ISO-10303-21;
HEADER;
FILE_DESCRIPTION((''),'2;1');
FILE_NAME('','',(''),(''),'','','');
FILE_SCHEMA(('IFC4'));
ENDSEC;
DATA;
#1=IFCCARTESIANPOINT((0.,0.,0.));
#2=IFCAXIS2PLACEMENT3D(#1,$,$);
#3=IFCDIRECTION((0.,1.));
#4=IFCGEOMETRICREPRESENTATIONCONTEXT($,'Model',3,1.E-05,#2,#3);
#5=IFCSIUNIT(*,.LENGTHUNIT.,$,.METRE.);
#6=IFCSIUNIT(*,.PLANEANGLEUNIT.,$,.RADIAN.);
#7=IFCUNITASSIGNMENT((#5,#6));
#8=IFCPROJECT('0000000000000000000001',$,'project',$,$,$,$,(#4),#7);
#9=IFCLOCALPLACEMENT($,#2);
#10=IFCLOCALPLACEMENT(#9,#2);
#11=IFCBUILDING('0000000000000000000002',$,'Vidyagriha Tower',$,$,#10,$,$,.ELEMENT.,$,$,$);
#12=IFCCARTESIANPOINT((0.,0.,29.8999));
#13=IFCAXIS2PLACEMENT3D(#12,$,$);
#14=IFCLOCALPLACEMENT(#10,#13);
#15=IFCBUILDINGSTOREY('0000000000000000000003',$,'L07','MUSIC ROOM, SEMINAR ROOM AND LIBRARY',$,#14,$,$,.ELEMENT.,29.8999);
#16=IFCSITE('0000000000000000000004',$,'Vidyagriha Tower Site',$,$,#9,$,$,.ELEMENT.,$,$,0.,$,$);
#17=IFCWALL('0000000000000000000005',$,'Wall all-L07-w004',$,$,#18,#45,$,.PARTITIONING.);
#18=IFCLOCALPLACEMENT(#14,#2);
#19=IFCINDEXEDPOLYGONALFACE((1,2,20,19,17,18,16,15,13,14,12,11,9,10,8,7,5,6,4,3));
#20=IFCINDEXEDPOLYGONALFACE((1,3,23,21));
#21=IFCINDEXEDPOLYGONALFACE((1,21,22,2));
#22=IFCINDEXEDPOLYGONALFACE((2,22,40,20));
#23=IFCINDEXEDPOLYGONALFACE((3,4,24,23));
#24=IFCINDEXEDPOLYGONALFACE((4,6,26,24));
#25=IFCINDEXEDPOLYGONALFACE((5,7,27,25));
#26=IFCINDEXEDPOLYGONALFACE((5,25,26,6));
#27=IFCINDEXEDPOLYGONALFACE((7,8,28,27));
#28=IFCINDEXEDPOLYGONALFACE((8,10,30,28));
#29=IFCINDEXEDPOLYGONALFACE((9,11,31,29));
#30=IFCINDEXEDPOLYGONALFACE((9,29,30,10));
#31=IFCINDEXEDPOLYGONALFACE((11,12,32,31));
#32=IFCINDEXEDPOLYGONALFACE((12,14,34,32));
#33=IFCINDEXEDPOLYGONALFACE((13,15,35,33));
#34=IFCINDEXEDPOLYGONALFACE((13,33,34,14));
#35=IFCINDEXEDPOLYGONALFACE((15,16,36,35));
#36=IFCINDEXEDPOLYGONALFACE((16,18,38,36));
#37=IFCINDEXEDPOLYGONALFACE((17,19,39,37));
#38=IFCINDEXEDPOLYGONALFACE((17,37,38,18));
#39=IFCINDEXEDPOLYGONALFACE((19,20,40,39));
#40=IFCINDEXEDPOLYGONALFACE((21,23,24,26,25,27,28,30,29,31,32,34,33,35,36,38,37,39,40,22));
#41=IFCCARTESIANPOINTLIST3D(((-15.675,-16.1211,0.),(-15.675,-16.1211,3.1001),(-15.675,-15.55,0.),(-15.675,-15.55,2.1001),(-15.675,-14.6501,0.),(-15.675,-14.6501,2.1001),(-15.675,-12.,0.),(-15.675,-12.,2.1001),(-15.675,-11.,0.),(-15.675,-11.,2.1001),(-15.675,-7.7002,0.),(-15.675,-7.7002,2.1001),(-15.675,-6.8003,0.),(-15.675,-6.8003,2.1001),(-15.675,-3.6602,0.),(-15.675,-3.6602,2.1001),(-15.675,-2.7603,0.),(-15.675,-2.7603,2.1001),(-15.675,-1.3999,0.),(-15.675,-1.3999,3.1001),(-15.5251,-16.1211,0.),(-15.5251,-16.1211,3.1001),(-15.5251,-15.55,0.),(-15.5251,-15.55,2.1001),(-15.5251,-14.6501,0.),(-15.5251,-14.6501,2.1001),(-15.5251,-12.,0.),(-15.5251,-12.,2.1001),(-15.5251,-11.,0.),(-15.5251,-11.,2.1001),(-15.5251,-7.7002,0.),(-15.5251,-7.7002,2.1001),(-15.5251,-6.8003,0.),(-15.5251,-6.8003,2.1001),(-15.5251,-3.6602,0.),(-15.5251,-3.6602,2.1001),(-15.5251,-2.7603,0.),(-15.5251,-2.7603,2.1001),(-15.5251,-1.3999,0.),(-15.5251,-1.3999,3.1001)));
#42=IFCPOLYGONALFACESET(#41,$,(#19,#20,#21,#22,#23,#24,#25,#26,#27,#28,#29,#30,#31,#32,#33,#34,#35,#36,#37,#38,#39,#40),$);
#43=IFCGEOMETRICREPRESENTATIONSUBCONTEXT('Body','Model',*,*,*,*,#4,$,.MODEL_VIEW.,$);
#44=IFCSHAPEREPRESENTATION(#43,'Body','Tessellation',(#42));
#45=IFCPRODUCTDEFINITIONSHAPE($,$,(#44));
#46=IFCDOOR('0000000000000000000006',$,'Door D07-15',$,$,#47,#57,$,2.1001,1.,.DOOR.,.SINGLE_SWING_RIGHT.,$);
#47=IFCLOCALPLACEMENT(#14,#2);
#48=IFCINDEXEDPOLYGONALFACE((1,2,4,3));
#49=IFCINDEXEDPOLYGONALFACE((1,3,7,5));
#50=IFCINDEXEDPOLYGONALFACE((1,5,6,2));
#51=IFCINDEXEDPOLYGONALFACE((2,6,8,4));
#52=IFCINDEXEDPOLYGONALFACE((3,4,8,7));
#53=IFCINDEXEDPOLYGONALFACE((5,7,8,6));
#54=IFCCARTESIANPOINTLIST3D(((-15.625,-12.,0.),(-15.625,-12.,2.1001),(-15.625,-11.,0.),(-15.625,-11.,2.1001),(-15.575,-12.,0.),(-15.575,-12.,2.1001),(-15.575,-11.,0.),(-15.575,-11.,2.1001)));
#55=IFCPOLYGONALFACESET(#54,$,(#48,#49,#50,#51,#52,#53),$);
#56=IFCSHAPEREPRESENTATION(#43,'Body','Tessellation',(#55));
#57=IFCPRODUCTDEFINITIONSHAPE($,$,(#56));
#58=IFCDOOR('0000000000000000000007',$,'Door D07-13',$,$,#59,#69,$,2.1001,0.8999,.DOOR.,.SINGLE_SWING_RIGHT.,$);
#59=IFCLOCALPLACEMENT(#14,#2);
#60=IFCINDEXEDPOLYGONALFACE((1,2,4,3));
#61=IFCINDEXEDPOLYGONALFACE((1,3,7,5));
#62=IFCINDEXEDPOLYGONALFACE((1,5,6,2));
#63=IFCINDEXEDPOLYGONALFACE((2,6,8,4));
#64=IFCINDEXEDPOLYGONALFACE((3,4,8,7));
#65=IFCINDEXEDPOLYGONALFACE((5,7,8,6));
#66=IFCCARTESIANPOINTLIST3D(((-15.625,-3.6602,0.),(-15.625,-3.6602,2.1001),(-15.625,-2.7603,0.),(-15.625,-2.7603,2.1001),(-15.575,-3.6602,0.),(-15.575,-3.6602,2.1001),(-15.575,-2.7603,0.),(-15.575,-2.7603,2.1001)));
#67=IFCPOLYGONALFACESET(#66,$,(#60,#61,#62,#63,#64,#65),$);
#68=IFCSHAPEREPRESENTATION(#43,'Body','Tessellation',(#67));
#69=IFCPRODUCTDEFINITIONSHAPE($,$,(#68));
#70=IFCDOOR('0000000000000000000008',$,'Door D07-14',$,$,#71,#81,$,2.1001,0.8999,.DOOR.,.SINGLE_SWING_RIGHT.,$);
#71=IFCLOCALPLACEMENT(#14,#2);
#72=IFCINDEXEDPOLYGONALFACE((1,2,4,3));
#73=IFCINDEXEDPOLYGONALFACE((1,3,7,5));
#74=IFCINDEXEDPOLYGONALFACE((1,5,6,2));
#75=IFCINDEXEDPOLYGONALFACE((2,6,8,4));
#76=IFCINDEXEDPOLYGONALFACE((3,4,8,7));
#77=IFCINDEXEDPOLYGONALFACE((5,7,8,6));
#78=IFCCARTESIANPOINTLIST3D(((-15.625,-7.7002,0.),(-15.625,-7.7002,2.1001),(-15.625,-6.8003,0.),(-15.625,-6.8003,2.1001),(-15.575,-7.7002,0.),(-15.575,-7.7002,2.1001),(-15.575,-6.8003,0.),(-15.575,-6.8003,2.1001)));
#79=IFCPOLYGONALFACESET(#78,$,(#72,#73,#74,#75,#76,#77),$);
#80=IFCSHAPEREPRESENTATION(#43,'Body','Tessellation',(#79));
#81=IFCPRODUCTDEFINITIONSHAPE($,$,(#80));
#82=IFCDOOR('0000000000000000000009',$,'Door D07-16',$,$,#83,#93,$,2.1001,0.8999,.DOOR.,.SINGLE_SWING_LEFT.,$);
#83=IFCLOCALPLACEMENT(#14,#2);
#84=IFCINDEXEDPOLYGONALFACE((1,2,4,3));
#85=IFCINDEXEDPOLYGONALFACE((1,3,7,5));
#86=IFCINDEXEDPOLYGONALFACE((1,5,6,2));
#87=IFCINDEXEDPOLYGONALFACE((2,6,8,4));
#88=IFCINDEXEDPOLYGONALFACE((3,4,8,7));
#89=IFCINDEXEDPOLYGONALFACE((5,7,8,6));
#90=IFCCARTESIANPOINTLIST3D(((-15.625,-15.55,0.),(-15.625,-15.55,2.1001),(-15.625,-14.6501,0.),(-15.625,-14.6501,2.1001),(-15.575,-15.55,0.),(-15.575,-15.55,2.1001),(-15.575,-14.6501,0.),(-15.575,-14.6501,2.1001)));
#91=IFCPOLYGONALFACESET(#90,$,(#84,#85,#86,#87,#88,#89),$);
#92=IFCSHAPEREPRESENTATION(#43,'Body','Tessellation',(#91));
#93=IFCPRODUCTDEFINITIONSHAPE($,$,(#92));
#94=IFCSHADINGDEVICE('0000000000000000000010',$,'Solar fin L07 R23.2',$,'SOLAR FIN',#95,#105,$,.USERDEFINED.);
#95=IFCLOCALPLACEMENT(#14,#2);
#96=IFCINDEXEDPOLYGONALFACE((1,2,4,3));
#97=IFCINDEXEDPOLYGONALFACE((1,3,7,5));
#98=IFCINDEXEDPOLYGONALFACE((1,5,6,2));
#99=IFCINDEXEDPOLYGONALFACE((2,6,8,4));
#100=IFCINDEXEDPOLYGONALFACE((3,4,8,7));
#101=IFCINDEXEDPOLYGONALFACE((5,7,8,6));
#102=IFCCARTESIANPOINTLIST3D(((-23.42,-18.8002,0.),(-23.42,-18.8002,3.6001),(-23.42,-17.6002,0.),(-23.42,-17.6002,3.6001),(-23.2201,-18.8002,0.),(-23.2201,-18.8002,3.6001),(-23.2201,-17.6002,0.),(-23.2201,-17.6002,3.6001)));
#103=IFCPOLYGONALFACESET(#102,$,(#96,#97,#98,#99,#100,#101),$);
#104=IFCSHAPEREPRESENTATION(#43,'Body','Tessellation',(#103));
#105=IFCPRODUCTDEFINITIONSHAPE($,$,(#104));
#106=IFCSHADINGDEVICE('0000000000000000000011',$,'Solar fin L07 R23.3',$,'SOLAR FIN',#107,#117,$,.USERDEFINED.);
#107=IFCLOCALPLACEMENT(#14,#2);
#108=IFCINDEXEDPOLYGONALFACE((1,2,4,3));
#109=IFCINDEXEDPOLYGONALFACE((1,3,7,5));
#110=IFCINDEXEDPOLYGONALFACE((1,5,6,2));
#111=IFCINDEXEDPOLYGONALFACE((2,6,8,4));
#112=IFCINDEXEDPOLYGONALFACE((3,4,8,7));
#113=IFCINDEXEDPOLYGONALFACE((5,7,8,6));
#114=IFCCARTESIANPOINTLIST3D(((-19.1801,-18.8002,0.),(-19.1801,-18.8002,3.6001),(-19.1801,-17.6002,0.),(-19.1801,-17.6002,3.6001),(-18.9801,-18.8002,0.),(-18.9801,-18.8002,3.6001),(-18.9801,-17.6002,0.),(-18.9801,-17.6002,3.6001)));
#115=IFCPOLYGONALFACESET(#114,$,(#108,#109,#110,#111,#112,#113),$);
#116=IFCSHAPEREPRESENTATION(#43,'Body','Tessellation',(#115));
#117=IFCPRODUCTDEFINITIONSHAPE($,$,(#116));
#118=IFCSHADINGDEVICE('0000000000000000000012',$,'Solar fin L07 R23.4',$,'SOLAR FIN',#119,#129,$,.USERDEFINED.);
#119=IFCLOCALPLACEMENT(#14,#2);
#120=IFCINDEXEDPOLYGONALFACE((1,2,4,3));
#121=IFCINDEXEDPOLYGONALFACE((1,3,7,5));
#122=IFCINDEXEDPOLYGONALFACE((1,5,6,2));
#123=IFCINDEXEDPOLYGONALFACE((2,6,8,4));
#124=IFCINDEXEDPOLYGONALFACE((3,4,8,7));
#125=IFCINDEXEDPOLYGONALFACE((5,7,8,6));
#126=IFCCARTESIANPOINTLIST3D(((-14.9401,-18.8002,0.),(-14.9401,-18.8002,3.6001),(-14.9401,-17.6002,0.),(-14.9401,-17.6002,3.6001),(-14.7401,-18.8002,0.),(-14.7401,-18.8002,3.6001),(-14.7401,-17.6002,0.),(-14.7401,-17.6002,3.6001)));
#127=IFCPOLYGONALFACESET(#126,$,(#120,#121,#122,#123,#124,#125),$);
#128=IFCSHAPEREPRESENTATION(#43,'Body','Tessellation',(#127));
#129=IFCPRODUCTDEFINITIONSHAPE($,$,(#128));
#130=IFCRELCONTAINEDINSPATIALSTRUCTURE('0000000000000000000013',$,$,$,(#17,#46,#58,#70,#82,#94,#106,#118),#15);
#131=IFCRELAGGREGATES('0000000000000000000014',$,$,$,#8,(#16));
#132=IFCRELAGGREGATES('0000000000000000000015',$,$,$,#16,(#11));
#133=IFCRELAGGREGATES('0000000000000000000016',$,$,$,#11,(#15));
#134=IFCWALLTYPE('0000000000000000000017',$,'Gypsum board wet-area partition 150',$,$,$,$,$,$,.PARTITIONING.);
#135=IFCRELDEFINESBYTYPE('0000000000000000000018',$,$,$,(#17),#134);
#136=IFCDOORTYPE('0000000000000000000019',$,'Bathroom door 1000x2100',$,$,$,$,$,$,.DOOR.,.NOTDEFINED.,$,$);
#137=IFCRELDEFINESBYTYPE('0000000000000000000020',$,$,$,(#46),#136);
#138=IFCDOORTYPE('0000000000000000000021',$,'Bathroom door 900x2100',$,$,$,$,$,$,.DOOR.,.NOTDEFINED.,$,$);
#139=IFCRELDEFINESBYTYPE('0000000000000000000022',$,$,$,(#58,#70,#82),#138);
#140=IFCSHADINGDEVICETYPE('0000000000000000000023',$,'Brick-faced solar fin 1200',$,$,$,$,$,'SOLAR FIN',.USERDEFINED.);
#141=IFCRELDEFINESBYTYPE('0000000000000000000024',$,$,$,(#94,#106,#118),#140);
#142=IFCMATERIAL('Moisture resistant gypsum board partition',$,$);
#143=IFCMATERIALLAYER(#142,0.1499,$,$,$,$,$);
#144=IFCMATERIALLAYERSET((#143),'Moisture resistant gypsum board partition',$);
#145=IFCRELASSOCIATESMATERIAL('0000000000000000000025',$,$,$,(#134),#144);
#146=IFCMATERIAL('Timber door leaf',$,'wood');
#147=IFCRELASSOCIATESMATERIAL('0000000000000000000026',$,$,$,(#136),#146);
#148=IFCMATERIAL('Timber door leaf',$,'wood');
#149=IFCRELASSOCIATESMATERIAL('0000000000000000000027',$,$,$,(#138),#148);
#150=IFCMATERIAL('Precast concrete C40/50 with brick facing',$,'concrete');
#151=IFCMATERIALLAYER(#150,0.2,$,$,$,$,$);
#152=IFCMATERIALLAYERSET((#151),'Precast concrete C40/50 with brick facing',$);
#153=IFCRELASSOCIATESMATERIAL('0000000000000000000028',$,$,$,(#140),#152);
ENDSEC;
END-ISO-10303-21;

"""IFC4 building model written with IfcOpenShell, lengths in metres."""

from ifc_helpers import new_model, si_unit, direction, frame, frame_2d, origin, place, context, subcontext, project, spatial, rectangle, extrude, material, layer, layer_set, type_object, element, fill, save


model = new_model("IFC4")

# Units and contexts
model_context = context("Model", 3, precision=1e-05, world=origin(), true_north=direction((0.0, 1.0)))
body_context = subcontext(model_context, "Body", "Model", "MODEL_VIEW")
ifc_project = project(units=[si_unit("LENGTHUNIT", "METRE"), si_unit("PLANEANGLEUNIT", "RADIAN")], contexts=[model_context])

# Site, building, storey
site_placement = place(None, origin())
site = spatial("IfcSite", under=ifc_project, at=site_placement, Name="Vidyagriha Tower Site", CompositionType="ELEMENT", RefElevation=0.0)
building_placement = place(site_placement, origin())
building = spatial("IfcBuilding", under=site, at=building_placement, Name="Vidyagriha Tower", CompositionType="ELEMENT")
storey_placement = place(building_placement, frame((0.0, 0.0, 29.8999)))
storey = spatial("IfcBuildingStorey", under=building, at=storey_placement, Name="L07", Description="MUSIC ROOM, SEMINAR ROOM AND LIBRARY", CompositionType="ELEMENT", Elevation=29.8999)

# Wall, openings, doors
ifc_material_1 = material(Name="Moisture resistant gypsum board partition")
ifc_layer_1 = layer(ifc_material_1, 0.1499)
ifc_layer_set_1 = layer_set([ifc_layer_1], Name="Moisture resistant gypsum board partition")
wall_type_1 = type_object("IfcWallType", Name="Gypsum board wet-area partition 150", PredefinedType="PARTITIONING", material=ifc_layer_set_1)
wall_1_placement = place(storey_placement, frame((-15.6001, -16.1211, 0.0), z_axis=(0.0, 0.0, 1.0), x_axis=(0.0, 1.0, 0.0)))
wall_1 = element("IfcWall", 1, at=wall_1_placement, inside=storey, type_object=wall_type_1, Name="Wall all-L07-w004", PredefinedType="PARTITIONING", context=body_context, shape_type="SweptSolid", body=[
    extrude(rectangle(XDim=14.7212, YDim=0.1499, at=frame_2d((7.3606, 0.0))), origin(), (0.0, 0.0, 1.0), 3.1001),
])
opening_1_placement = place(wall_1_placement, frame((12.4609, 0.0, 0.0)))
opening_1 = element("IfcOpeningElement", 2, at=opening_1_placement, cuts=wall_1, PredefinedType="OPENING", context=body_context, shape_type="SweptSolid", body=[
    extrude(rectangle(XDim=0.8999, YDim=2.1001, at=frame_2d((0.45, 1.05))), frame((0.0, 0.085, 0.0), z_axis=(0.0, -1.0, 0.0), x_axis=(1.0, 0.0, 0.0)), (0.0, 0.0, 1.0), 0.1699),
])
opening_2_placement = place(wall_1_placement, frame((8.4209, 0.0, 0.0)))
opening_2 = element("IfcOpeningElement", 3, at=opening_2_placement, cuts=wall_1, PredefinedType="OPENING", context=body_context, shape_type="SweptSolid", body=[
    extrude(rectangle(XDim=0.8999, YDim=2.1001, at=frame_2d((0.45, 1.05))), frame((0.0, 0.085, 0.0), z_axis=(0.0, -1.0, 0.0), x_axis=(1.0, 0.0, 0.0)), (0.0, 0.0, 1.0), 0.1699),
])
opening_3_placement = place(wall_1_placement, frame((4.1211, 0.0, 0.0)))
opening_3 = element("IfcOpeningElement", 4, at=opening_3_placement, cuts=wall_1, PredefinedType="OPENING", context=body_context, shape_type="SweptSolid", body=[
    extrude(rectangle(XDim=1.0, YDim=2.1001, at=frame_2d((0.5, 1.05))), frame((0.0, 0.085, 0.0), z_axis=(0.0, -1.0, 0.0), x_axis=(1.0, 0.0, 0.0)), (0.0, 0.0, 1.0), 0.1699),
])
opening_4_placement = place(wall_1_placement, frame((0.571, 0.0, 0.0)))
opening_4 = element("IfcOpeningElement", 5, at=opening_4_placement, cuts=wall_1, PredefinedType="OPENING", context=body_context, shape_type="SweptSolid", body=[
    extrude(rectangle(XDim=0.8999, YDim=2.1001, at=frame_2d((0.45, 1.05))), frame((0.0, 0.085, 0.0), z_axis=(0.0, -1.0, 0.0), x_axis=(1.0, 0.0, 0.0)), (0.0, 0.0, 1.0), 0.1699),
])
ifc_material_2 = material(Name="Timber door leaf", Category="wood")
door_type_1 = type_object("IfcDoorType", Name="Bathroom door 1000x2100", OperationType="NOTDEFINED", PredefinedType="DOOR", material=ifc_material_2)
door_1_placement = place(opening_3_placement, origin())
door_1 = element("IfcDoor", 6, at=door_1_placement, inside=storey, type_object=door_type_1, Name="Door D07-15", OperationType="SINGLE_SWING_RIGHT", OverallHeight=2.1001, OverallWidth=1.0, PredefinedType="DOOR", context=body_context, shape_type="SweptSolid", body=[
    extrude(rectangle(XDim=1.0, YDim=2.1001, at=frame_2d((0.5, 1.05))), frame((0.0, 0.0249, 0.0), z_axis=(0.0, -1.0, 0.0), x_axis=(1.0, 0.0, 0.0)), (0.0, 0.0, 1.0), 0.05),
])
fill(opening_3, door_1)
ifc_material_3 = material(Name="Timber door leaf", Category="wood")
door_type_2 = type_object("IfcDoorType", Name="Bathroom door 900x2100", OperationType="NOTDEFINED", PredefinedType="DOOR", material=ifc_material_3)
door_2_placement = place(opening_1_placement, origin())
door_2 = element("IfcDoor", 7, at=door_2_placement, inside=storey, type_object=door_type_2, Name="Door D07-13", OperationType="SINGLE_SWING_RIGHT", OverallHeight=2.1001, OverallWidth=0.8999, PredefinedType="DOOR", context=body_context, shape_type="SweptSolid", body=[
    extrude(rectangle(XDim=0.8999, YDim=2.1001, at=frame_2d((0.45, 1.05))), frame((0.0, 0.0249, 0.0), z_axis=(0.0, -1.0, 0.0), x_axis=(1.0, 0.0, 0.0)), (0.0, 0.0, 1.0), 0.05),
])
fill(opening_1, door_2)
door_3_placement = place(opening_2_placement, origin())
door_3 = element("IfcDoor", 8, at=door_3_placement, inside=storey, type_object=door_type_2, Name="Door D07-14", OperationType="SINGLE_SWING_RIGHT", OverallHeight=2.1001, OverallWidth=0.8999, PredefinedType="DOOR", context=body_context, shape_type="SweptSolid", body=[
    extrude(rectangle(XDim=0.8999, YDim=2.1001, at=frame_2d((0.45, 1.05))), frame((0.0, 0.0249, 0.0), z_axis=(0.0, -1.0, 0.0), x_axis=(1.0, 0.0, 0.0)), (0.0, 0.0, 1.0), 0.05),
])
fill(opening_2, door_3)
door_4_placement = place(opening_4_placement, origin())
door_4 = element("IfcDoor", 9, at=door_4_placement, inside=storey, type_object=door_type_2, Name="Door D07-16", OperationType="SINGLE_SWING_LEFT", OverallHeight=2.1001, OverallWidth=0.8999, PredefinedType="DOOR", context=body_context, shape_type="SweptSolid", body=[
    extrude(rectangle(XDim=0.8999, YDim=2.1001, at=frame_2d((0.45, 1.05))), frame((0.0, 0.0249, 0.0), z_axis=(0.0, -1.0, 0.0), x_axis=(1.0, 0.0, 0.0)), (0.0, 0.0, 1.0), 0.05),
])
fill(opening_4, door_4)

# Shading devices
ifc_material_4 = material(Name="Precast concrete C40/50 with brick facing", Category="concrete")
ifc_layer_2 = layer(ifc_material_4, 0.2)
ifc_layer_set_2 = layer_set([ifc_layer_2], Name="Precast concrete C40/50 with brick facing")
shading_device_type = type_object("IfcShadingDeviceType", Name="Brick-faced solar fin 1200", ElementType="SOLAR FIN", PredefinedType="USERDEFINED", material=ifc_layer_set_2)
for number, where, z_axis, x_axis, name in (
    (10, (-23.3201, -17.6001, 0.0), (0.0, 0.0, 1.0), (0.0, -1.0, 0.0), "Solar fin L07 R23.2"),
    (11, (-19.0801, -17.6001, 0.0), (0.0, 0.0, 1.0), (0.0, -1.0, 0.0), "Solar fin L07 R23.3"),
    (12, (-14.8401, -17.6001, 0.0), (0.0, 0.0, 1.0), (0.0, -1.0, 0.0), "Solar fin L07 R23.4"),
):
    element("IfcShadingDevice", number, at=place(storey_placement, frame(where, z_axis=z_axis, x_axis=x_axis)), inside=storey, type_object=shading_device_type, Name=name, ObjectType="SOLAR FIN", PredefinedType="USERDEFINED", context=body_context, shape_type="SweptSolid", body=[
        extrude(rectangle(XDim=1.2, YDim=0.2, at=frame_2d((0.6001, 0.0))), origin(), (0.0, 0.0, 1.0), 3.6001),
    ])

save(model, "model.ifc")
